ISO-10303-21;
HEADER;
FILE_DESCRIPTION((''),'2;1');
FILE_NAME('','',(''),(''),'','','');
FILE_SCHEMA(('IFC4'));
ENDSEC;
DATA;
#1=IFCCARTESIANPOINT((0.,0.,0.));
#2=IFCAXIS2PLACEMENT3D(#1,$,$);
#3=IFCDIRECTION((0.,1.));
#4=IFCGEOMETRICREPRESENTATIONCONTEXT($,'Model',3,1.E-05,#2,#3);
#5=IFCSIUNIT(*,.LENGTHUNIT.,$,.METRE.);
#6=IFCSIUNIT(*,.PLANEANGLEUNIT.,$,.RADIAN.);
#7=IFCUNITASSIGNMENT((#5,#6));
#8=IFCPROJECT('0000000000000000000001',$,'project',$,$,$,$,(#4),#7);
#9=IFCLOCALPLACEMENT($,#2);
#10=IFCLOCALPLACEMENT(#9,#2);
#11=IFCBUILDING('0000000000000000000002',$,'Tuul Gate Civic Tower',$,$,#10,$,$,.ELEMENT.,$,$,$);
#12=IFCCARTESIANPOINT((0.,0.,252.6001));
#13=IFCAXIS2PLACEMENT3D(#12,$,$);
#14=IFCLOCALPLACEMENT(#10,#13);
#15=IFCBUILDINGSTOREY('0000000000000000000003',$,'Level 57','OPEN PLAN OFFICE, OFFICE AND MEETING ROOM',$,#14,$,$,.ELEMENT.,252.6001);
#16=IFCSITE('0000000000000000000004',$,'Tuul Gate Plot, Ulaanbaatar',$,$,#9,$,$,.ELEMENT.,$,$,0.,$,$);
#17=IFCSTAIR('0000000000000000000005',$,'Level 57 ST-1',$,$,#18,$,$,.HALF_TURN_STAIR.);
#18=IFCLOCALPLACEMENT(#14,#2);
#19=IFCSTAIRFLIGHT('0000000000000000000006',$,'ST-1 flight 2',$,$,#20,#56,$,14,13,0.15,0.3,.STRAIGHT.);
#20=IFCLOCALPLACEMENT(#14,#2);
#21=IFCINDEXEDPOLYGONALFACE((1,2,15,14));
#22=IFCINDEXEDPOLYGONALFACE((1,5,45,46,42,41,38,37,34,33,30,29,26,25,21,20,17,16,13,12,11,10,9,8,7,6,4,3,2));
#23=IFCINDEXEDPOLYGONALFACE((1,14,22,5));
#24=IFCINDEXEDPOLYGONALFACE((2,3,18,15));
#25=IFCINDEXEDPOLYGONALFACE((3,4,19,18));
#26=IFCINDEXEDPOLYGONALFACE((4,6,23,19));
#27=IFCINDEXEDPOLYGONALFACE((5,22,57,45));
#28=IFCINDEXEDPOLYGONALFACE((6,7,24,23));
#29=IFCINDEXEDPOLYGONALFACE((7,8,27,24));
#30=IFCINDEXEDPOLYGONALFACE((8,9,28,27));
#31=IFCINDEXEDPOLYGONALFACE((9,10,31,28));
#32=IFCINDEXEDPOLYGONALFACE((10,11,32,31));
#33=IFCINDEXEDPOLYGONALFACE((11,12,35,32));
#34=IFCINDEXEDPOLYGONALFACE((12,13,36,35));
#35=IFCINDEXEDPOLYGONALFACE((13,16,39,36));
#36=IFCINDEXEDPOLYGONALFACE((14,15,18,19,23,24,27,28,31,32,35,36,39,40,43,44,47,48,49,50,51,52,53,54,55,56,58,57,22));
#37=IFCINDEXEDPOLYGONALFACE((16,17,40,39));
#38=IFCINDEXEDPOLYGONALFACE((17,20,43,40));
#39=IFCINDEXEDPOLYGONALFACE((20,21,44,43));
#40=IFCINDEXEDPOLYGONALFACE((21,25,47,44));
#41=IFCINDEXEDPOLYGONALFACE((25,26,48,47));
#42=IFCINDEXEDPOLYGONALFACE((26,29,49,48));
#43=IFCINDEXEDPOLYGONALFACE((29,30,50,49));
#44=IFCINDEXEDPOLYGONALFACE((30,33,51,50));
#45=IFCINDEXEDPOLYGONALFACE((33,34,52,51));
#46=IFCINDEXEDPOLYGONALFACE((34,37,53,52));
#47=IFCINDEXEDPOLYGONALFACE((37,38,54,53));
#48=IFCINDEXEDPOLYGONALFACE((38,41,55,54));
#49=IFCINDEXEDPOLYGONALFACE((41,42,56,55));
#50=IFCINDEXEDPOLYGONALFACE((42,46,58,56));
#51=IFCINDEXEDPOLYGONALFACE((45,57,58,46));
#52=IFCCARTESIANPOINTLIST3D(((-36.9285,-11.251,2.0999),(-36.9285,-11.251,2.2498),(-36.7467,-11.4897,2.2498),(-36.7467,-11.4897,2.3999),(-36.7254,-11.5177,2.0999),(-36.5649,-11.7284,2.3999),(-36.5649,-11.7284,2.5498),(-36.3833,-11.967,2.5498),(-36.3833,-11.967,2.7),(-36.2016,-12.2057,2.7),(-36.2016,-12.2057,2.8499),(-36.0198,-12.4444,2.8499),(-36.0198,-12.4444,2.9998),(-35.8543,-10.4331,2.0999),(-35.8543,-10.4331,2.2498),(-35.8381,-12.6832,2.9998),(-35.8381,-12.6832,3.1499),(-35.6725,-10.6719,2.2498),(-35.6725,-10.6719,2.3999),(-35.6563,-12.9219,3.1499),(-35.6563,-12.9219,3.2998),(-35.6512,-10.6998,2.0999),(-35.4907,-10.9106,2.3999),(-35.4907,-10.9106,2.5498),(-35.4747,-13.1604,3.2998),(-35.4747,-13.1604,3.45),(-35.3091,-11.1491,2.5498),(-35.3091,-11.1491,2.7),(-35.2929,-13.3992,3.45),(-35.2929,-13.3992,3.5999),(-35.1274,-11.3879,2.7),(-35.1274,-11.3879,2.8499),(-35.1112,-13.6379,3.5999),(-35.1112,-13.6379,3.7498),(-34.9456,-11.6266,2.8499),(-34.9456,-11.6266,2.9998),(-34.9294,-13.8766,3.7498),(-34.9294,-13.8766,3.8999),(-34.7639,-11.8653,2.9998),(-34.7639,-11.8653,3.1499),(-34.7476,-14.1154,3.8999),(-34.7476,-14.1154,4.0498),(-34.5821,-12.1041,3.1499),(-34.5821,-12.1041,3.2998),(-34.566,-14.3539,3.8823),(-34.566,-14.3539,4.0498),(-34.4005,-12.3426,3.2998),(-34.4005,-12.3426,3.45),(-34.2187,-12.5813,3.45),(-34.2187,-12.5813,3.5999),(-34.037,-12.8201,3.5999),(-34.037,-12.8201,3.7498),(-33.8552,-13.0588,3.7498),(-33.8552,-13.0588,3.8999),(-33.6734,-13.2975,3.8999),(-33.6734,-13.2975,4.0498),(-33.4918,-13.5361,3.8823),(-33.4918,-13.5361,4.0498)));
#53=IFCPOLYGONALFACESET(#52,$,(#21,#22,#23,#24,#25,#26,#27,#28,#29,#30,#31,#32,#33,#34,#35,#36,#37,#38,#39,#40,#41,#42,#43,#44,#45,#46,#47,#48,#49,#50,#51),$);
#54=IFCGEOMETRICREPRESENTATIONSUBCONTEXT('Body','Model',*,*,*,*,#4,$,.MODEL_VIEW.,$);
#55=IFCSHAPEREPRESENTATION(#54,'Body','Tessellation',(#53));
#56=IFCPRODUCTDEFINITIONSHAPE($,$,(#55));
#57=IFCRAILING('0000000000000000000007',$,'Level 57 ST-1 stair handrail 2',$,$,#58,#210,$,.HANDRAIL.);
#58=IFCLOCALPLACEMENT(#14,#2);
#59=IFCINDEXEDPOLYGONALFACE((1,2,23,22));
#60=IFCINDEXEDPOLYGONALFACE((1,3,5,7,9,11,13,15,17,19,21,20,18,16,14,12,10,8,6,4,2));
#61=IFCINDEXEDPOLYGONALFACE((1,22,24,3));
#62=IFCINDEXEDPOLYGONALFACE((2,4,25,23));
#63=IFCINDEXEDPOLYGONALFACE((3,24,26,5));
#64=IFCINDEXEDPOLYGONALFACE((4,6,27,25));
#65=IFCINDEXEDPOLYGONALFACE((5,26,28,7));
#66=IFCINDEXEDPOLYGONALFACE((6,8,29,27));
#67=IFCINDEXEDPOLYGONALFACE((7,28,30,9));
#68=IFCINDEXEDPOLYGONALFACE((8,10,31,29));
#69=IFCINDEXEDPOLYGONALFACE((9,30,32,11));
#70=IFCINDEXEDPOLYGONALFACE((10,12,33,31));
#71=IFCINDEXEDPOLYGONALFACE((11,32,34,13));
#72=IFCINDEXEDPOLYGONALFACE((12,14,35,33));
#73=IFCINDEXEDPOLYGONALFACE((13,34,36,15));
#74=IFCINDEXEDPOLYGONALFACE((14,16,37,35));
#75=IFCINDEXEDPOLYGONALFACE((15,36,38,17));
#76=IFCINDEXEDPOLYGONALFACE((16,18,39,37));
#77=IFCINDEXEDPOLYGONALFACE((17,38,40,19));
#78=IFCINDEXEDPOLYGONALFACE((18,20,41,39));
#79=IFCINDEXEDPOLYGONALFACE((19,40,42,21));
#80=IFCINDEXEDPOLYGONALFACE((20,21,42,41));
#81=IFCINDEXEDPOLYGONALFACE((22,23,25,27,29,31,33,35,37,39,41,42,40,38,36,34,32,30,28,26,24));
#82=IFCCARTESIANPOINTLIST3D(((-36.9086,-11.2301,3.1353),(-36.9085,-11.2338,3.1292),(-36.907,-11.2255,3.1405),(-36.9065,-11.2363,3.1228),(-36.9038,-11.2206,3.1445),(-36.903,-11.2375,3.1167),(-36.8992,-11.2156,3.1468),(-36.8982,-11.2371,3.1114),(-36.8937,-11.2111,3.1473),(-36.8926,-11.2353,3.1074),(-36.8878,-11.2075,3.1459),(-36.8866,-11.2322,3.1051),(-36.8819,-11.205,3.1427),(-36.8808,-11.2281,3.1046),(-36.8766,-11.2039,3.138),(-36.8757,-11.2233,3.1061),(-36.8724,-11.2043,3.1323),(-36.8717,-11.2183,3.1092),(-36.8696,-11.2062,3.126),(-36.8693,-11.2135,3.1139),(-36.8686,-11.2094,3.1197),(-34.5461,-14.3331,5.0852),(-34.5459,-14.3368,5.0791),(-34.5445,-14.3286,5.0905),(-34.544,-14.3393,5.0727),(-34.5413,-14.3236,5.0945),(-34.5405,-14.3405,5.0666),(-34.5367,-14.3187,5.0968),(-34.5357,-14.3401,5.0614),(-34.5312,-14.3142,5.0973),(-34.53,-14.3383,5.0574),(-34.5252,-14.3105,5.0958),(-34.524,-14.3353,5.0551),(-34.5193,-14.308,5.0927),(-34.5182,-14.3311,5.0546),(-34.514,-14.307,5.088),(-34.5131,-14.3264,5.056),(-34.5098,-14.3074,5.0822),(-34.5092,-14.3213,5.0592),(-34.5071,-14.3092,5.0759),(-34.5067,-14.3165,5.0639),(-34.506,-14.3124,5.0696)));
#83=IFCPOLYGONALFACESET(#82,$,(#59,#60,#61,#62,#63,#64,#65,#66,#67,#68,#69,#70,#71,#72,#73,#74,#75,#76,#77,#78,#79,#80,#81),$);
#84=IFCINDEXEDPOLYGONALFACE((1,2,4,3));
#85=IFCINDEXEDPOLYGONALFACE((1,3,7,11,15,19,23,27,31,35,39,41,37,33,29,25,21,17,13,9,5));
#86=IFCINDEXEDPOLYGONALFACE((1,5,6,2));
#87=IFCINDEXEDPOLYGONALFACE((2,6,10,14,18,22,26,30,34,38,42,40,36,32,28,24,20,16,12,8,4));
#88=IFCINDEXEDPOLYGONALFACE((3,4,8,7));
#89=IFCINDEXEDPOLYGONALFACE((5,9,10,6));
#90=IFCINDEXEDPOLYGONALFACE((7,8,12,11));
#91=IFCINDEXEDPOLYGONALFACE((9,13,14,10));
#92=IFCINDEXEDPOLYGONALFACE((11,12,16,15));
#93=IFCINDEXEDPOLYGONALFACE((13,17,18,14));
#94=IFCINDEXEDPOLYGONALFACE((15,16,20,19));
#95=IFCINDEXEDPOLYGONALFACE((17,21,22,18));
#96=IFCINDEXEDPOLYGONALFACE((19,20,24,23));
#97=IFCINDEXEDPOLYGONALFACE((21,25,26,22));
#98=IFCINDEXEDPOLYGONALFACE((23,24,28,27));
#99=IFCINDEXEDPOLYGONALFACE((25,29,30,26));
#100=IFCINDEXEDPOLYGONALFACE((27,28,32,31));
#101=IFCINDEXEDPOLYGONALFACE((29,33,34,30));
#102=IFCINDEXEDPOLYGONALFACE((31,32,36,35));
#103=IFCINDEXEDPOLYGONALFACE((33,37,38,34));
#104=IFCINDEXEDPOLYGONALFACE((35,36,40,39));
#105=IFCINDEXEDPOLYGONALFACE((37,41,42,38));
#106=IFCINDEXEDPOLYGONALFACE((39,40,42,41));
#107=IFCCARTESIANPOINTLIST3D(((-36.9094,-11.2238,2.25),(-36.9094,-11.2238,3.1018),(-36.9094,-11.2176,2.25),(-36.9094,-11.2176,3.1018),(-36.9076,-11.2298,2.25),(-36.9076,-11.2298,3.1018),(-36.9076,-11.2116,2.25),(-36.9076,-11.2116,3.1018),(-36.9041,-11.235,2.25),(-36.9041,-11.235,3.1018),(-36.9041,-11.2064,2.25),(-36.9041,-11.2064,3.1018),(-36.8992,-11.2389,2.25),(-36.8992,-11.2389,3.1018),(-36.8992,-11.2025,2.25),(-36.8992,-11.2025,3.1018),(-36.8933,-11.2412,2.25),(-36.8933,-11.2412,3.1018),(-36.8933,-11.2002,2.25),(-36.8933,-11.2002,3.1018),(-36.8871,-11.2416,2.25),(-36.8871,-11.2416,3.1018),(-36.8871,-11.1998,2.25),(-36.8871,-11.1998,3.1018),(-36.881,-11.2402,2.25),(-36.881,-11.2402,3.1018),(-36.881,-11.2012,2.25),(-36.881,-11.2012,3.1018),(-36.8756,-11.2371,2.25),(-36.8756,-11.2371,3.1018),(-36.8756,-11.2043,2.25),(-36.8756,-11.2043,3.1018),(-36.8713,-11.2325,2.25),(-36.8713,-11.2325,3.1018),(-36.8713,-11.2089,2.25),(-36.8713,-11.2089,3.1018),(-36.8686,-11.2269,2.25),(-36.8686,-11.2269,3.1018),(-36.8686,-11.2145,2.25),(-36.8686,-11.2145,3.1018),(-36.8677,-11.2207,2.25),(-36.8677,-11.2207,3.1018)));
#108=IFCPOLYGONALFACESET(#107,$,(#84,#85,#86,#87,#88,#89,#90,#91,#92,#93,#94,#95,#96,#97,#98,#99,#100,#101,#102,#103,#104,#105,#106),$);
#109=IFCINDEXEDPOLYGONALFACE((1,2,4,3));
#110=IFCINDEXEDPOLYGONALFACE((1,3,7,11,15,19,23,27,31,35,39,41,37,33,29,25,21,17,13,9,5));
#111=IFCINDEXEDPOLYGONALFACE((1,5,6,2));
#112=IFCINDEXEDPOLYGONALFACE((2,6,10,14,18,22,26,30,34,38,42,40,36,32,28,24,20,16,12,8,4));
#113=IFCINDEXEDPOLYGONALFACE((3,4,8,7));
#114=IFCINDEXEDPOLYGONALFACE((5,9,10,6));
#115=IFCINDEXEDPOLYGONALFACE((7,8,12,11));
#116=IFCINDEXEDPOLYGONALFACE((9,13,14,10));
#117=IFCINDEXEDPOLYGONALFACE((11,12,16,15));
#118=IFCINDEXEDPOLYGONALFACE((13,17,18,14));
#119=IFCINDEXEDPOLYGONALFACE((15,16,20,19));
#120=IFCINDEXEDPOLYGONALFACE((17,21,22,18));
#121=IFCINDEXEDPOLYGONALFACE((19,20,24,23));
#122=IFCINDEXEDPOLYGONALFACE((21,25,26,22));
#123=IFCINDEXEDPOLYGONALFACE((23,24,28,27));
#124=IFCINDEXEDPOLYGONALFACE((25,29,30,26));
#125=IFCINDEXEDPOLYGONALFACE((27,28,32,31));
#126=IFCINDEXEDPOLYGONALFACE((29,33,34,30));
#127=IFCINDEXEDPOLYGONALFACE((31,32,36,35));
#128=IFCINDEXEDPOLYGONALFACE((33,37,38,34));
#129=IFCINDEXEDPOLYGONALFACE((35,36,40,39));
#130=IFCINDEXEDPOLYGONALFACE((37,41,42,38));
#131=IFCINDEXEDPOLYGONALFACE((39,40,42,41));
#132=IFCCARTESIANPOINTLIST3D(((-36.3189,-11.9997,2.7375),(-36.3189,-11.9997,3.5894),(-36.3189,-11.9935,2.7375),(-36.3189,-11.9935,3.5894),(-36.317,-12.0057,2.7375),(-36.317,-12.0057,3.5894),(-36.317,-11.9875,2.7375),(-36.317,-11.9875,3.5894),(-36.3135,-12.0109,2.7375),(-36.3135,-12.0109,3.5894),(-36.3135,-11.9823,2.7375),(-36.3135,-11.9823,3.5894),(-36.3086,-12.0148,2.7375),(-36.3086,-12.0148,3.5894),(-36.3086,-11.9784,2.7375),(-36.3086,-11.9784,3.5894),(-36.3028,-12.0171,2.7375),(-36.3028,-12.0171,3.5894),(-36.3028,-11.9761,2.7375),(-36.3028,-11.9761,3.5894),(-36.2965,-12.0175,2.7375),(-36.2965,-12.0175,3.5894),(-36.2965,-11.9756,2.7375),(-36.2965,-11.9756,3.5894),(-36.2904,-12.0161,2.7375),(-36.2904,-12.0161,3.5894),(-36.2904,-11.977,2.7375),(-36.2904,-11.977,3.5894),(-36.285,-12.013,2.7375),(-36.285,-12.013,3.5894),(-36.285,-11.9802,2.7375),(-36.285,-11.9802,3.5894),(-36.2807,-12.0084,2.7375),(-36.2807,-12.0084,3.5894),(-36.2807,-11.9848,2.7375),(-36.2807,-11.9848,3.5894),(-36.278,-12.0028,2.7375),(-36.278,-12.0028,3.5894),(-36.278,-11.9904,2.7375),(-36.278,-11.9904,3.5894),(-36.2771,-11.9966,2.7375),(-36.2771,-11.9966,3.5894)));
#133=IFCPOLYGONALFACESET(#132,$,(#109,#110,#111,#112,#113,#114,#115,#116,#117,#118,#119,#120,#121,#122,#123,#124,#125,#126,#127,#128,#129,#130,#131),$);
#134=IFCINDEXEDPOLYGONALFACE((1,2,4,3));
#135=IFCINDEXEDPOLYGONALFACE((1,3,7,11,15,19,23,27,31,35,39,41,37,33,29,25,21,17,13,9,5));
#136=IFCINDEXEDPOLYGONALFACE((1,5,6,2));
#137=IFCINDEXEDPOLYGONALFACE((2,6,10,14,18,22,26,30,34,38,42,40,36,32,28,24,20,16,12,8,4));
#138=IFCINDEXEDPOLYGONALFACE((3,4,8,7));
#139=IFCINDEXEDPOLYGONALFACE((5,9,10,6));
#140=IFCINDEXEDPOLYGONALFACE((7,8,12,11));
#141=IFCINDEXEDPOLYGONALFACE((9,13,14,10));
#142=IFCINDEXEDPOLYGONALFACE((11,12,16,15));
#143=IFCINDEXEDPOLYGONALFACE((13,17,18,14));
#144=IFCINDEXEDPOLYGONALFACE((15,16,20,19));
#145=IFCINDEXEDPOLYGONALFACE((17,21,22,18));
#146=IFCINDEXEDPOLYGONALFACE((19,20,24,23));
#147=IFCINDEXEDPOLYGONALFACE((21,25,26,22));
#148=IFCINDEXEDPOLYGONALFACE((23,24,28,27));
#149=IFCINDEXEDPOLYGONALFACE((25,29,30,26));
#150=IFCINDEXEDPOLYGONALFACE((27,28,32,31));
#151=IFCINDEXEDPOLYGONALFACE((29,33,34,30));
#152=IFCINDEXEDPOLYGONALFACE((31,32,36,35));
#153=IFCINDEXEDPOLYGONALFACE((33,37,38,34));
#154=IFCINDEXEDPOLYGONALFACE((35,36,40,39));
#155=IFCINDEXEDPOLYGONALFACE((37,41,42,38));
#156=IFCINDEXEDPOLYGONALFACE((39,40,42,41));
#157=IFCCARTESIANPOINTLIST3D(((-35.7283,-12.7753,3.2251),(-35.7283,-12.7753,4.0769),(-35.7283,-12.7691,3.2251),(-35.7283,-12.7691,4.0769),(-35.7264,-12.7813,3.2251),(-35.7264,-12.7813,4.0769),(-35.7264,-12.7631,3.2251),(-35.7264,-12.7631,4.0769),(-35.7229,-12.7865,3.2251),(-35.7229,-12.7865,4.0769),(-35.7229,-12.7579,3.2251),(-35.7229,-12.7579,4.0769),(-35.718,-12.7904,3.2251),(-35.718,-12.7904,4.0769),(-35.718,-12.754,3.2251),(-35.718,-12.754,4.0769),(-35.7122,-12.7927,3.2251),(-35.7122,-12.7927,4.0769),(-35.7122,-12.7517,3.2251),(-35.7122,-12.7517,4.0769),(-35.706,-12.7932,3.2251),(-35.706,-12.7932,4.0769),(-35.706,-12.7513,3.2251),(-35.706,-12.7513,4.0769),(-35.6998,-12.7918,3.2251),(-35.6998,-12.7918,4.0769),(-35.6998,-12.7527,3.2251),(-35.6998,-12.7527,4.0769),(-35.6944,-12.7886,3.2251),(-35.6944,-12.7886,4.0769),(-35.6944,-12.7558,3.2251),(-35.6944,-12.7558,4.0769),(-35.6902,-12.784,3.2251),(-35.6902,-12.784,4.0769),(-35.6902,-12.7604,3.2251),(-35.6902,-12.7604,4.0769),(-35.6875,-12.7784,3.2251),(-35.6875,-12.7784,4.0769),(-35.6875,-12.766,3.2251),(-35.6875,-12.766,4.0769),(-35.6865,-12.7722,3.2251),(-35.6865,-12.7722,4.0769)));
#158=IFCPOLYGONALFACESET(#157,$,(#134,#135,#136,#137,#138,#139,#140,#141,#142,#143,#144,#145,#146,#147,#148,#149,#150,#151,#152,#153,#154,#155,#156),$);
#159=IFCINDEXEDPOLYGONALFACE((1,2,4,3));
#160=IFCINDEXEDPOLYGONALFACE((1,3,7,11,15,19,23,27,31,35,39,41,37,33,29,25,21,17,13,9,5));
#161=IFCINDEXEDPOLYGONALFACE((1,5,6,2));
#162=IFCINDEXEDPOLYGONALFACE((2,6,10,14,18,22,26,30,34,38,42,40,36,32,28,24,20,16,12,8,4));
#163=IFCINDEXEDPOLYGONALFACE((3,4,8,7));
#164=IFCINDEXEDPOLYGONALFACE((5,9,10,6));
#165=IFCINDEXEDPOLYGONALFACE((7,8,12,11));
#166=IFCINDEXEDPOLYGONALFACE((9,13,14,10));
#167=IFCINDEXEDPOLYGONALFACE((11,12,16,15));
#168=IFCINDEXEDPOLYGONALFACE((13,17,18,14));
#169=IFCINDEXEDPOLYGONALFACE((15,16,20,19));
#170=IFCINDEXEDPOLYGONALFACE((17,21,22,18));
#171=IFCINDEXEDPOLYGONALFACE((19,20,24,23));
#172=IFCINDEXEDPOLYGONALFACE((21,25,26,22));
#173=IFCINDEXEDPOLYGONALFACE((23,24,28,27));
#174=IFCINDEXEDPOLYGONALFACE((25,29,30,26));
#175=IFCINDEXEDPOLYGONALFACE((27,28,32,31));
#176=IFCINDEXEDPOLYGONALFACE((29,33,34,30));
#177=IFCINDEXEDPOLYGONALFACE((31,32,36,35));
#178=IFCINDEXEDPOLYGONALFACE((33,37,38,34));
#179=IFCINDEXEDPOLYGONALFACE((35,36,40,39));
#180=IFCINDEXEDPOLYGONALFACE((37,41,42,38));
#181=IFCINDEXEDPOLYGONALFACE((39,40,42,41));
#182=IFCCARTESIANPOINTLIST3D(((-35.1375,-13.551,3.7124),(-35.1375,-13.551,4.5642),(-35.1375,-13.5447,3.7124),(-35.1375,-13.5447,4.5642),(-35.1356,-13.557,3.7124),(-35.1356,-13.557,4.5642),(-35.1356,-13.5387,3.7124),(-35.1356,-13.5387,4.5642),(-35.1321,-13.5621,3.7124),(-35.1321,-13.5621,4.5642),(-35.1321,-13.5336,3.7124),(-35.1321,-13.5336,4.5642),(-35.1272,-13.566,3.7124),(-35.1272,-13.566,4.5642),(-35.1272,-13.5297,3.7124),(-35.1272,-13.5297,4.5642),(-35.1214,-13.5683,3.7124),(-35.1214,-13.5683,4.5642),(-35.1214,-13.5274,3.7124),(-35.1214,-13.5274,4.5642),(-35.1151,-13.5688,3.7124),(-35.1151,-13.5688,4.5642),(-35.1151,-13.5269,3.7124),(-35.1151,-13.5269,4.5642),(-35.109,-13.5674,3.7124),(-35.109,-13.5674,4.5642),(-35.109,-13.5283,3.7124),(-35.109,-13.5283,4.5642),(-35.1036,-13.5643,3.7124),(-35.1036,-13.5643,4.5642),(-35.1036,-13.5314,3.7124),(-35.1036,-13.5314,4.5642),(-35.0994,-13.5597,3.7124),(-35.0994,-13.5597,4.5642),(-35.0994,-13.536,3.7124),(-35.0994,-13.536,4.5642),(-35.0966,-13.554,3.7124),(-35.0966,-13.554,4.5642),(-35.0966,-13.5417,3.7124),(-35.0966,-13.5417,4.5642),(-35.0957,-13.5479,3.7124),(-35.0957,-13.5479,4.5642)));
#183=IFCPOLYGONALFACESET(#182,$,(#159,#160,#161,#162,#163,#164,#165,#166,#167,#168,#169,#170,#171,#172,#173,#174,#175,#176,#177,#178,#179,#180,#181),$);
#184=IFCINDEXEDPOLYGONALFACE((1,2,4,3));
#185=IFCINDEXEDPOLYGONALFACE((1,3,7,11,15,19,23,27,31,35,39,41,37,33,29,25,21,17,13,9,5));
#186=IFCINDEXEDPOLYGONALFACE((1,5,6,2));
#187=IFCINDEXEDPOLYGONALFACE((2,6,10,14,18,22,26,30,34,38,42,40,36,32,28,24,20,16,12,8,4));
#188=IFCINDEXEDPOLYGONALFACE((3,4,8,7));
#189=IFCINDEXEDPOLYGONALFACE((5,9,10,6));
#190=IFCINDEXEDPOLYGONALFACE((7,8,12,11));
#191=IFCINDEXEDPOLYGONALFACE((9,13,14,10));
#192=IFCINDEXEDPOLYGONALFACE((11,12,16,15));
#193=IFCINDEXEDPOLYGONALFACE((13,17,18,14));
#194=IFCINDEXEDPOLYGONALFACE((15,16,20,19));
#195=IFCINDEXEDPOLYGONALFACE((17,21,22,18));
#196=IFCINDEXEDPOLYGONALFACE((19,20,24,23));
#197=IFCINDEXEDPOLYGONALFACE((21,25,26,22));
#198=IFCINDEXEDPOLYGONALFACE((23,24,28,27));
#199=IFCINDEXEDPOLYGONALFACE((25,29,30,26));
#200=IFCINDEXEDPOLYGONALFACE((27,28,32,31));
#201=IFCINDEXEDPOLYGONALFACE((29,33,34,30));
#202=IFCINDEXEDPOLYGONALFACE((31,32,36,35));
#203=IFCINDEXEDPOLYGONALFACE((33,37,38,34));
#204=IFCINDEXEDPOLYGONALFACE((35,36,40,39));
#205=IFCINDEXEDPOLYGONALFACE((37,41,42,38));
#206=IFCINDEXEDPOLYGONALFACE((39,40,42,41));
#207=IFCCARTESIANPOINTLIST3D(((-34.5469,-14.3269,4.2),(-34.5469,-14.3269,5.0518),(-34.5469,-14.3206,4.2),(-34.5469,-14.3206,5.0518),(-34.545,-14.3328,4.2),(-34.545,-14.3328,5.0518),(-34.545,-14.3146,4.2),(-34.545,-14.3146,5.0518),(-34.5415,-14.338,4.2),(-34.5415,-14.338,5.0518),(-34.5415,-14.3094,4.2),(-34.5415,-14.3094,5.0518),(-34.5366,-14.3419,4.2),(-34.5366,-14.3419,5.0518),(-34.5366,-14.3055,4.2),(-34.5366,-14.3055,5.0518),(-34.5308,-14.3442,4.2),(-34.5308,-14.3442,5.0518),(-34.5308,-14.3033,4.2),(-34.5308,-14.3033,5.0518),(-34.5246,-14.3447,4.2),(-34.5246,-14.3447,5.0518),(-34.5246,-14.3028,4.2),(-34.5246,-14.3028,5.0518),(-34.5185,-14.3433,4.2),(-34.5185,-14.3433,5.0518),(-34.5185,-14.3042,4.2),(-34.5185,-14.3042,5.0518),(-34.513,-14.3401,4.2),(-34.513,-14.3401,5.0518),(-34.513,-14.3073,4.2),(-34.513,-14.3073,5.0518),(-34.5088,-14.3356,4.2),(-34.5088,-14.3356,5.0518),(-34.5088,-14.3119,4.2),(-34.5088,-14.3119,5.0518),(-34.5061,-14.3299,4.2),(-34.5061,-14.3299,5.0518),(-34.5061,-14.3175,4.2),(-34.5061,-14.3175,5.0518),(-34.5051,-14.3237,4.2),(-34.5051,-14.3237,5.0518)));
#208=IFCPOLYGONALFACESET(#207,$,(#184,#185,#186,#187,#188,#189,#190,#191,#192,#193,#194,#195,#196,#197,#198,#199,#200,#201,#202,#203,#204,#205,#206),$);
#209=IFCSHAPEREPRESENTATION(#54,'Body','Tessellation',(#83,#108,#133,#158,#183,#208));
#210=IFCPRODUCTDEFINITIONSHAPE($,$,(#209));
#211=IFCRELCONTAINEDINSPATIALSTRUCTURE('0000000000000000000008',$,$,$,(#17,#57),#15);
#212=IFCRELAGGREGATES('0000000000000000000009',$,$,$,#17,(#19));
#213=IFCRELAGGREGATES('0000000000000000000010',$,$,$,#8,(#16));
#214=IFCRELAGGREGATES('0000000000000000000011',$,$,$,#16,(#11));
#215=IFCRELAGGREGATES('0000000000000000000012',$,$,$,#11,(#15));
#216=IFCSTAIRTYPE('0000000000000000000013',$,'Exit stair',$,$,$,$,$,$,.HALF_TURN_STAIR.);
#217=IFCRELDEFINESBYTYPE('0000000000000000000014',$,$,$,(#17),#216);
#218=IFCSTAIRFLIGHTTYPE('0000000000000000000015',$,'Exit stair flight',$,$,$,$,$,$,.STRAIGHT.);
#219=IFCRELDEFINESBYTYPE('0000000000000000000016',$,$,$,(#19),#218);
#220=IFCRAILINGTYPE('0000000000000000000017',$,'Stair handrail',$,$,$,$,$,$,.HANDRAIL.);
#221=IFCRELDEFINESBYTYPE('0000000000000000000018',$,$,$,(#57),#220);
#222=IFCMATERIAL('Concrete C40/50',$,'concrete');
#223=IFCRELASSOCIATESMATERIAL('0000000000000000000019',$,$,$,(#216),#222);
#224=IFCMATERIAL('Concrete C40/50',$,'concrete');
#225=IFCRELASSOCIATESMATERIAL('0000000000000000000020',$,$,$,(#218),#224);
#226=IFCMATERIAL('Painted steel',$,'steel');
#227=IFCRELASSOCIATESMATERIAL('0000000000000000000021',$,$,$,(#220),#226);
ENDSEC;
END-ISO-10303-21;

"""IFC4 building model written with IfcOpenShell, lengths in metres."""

from ifc_helpers import new_model, si_unit, direction, frame, origin, origin_2d, place, context, subcontext, project, spatial, polyline, circle, outline, extrude, material, type_object, element, aggregate, save


model = new_model("IFC4")

# Units and contexts
model_context = context("Model", 3, precision=1e-05, world=origin(), true_north=direction((0.0, 1.0)))
body_context = subcontext(model_context, "Body", "Model", "MODEL_VIEW")
ifc_project = project(units=[si_unit("LENGTHUNIT", "METRE"), si_unit("PLANEANGLEUNIT", "RADIAN")], contexts=[model_context])

# Site, building, storey
site_placement = place(None, origin())
site = spatial("IfcSite", under=ifc_project, at=site_placement, Name="Tuul Gate Plot, Ulaanbaatar", CompositionType="ELEMENT", RefElevation=0.0)
building_placement = place(site_placement, origin())
building = spatial("IfcBuilding", under=site, at=building_placement, Name="Tuul Gate Civic Tower", CompositionType="ELEMENT")
storey_placement = place(building_placement, frame((0.0, 0.0, 252.6001)))
storey = spatial("IfcBuildingStorey", under=building, at=storey_placement, Name="Level 57", Description="OPEN PLAN OFFICE, OFFICE AND MEETING ROOM", CompositionType="ELEMENT", Elevation=252.6001)

# Stair, stair flight
ifc_material_1 = material(Name="Concrete C40/50", Category="concrete")
stair_type = type_object("IfcStairType", Name="Exit stair", PredefinedType="HALF_TURN_STAIR", material=ifc_material_1)
stair_placement = place(storey_placement, origin())
stair = element("IfcStair", 1, at=stair_placement, inside=storey, type_object=stair_type, Name="Level 57 ST-1", PredefinedType="HALF_TURN_STAIR")
ifc_material_2 = material(Name="Concrete C40/50", Category="concrete")
stair_flight_type = type_object("IfcStairFlightType", Name="Exit stair flight", PredefinedType="STRAIGHT", material=ifc_material_2)
stair_flight_placement = place(storey_placement, frame((-36.3914, -10.842, 2.0999), z_axis=(0.0, 0.0, 1.0), x_axis=(0.605764, -0.795644, 0.0)))
stair_flight = element("IfcStairFlight", 2, at=stair_flight_placement, type_object=stair_flight_type, Name="ST-1 flight 2", NumberOfRisers=14, NumberOfTreads=13, PredefinedType="STRAIGHT", RiserHeight=0.15, TreadLength=0.3, context=body_context, shape_type="SweptSolid", body=[
    extrude(outline(polyline([(0.0, 0.0), (0.0, 0.1499), (0.3, 0.1499), (0.3, 0.3), (0.6001, 0.3), (0.6001, 0.45), (0.8999, 0.45), (0.8999, 0.6001), (1.2, 0.6001), (1.2, 0.75), (1.5, 0.75), (1.5, 0.8999), (1.8, 0.8999), (1.8, 1.05), (2.1001, 1.05), (2.1001, 1.2), (2.3999, 1.2), (2.3999, 1.3501), (2.7, 1.3501), (2.7, 1.5), (3.0, 1.5), (3.0, 1.6499), (3.3, 1.6499), (3.3, 1.8), (3.6001, 1.8), (3.6001, 1.95), (3.8999, 1.95), (3.8999, 2.1001), (3.8999, 1.7825), (0.3352, 0.0), (0.0, 0.0)])), frame((0.0, 0.675, 0.0), z_axis=(0.0, -1.0, 0.0), x_axis=(1.0, 0.0, 0.0)), (0.0, 0.0, 1.0), 1.3501),
])
aggregate(stair, [stair_flight])

# Railing
ifc_material_3 = material(Name="Painted steel", Category="steel")
railing_type = type_object("IfcRailingType", Name="Stair handrail", PredefinedType="HANDRAIL", material=ifc_material_3)
railing_placement = place(storey_placement, frame((-36.8887, -11.2207, 2.25)))
element("IfcRailing", 3, at=railing_placement, inside=storey, type_object=railing_type, Name="Level 57 ST-1 stair handrail 2", PredefinedType="HANDRAIL", context=body_context, shape_type="SweptSolid", body=[
    extrude(circle(Radius=0.0239, at=origin_2d()), frame((0.0, 0.0, 0.876), z_axis=(0.541824, -0.711645, 0.4472), x_axis=(0.795637, 0.605773, 0.0)), (0.0, 0.0, 1.0), 4.3604),
    extrude(circle(Radius=0.021, at=origin_2d()), origin(), (0.0, 0.0, 1.0), 0.8518),
    extrude(circle(Radius=0.021, at=origin_2d()), frame((0.5906, -0.7759, 0.4875)), (0.0, 0.0, 1.0), 0.8518),
    extrude(circle(Radius=0.021, at=origin_2d()), frame((1.1812, -1.5515, 0.9751)), (0.0, 0.0, 1.0), 0.8518),
    extrude(circle(Radius=0.021, at=origin_2d()), frame((1.772, -2.3271, 1.4624)), (0.0, 0.0, 1.0), 0.8518),
    extrude(circle(Radius=0.021, at=origin_2d()), frame((2.3625, -3.103, 1.95)), (0.0, 0.0, 1.0), 0.8518),
])

save(model, "model.ifc")
